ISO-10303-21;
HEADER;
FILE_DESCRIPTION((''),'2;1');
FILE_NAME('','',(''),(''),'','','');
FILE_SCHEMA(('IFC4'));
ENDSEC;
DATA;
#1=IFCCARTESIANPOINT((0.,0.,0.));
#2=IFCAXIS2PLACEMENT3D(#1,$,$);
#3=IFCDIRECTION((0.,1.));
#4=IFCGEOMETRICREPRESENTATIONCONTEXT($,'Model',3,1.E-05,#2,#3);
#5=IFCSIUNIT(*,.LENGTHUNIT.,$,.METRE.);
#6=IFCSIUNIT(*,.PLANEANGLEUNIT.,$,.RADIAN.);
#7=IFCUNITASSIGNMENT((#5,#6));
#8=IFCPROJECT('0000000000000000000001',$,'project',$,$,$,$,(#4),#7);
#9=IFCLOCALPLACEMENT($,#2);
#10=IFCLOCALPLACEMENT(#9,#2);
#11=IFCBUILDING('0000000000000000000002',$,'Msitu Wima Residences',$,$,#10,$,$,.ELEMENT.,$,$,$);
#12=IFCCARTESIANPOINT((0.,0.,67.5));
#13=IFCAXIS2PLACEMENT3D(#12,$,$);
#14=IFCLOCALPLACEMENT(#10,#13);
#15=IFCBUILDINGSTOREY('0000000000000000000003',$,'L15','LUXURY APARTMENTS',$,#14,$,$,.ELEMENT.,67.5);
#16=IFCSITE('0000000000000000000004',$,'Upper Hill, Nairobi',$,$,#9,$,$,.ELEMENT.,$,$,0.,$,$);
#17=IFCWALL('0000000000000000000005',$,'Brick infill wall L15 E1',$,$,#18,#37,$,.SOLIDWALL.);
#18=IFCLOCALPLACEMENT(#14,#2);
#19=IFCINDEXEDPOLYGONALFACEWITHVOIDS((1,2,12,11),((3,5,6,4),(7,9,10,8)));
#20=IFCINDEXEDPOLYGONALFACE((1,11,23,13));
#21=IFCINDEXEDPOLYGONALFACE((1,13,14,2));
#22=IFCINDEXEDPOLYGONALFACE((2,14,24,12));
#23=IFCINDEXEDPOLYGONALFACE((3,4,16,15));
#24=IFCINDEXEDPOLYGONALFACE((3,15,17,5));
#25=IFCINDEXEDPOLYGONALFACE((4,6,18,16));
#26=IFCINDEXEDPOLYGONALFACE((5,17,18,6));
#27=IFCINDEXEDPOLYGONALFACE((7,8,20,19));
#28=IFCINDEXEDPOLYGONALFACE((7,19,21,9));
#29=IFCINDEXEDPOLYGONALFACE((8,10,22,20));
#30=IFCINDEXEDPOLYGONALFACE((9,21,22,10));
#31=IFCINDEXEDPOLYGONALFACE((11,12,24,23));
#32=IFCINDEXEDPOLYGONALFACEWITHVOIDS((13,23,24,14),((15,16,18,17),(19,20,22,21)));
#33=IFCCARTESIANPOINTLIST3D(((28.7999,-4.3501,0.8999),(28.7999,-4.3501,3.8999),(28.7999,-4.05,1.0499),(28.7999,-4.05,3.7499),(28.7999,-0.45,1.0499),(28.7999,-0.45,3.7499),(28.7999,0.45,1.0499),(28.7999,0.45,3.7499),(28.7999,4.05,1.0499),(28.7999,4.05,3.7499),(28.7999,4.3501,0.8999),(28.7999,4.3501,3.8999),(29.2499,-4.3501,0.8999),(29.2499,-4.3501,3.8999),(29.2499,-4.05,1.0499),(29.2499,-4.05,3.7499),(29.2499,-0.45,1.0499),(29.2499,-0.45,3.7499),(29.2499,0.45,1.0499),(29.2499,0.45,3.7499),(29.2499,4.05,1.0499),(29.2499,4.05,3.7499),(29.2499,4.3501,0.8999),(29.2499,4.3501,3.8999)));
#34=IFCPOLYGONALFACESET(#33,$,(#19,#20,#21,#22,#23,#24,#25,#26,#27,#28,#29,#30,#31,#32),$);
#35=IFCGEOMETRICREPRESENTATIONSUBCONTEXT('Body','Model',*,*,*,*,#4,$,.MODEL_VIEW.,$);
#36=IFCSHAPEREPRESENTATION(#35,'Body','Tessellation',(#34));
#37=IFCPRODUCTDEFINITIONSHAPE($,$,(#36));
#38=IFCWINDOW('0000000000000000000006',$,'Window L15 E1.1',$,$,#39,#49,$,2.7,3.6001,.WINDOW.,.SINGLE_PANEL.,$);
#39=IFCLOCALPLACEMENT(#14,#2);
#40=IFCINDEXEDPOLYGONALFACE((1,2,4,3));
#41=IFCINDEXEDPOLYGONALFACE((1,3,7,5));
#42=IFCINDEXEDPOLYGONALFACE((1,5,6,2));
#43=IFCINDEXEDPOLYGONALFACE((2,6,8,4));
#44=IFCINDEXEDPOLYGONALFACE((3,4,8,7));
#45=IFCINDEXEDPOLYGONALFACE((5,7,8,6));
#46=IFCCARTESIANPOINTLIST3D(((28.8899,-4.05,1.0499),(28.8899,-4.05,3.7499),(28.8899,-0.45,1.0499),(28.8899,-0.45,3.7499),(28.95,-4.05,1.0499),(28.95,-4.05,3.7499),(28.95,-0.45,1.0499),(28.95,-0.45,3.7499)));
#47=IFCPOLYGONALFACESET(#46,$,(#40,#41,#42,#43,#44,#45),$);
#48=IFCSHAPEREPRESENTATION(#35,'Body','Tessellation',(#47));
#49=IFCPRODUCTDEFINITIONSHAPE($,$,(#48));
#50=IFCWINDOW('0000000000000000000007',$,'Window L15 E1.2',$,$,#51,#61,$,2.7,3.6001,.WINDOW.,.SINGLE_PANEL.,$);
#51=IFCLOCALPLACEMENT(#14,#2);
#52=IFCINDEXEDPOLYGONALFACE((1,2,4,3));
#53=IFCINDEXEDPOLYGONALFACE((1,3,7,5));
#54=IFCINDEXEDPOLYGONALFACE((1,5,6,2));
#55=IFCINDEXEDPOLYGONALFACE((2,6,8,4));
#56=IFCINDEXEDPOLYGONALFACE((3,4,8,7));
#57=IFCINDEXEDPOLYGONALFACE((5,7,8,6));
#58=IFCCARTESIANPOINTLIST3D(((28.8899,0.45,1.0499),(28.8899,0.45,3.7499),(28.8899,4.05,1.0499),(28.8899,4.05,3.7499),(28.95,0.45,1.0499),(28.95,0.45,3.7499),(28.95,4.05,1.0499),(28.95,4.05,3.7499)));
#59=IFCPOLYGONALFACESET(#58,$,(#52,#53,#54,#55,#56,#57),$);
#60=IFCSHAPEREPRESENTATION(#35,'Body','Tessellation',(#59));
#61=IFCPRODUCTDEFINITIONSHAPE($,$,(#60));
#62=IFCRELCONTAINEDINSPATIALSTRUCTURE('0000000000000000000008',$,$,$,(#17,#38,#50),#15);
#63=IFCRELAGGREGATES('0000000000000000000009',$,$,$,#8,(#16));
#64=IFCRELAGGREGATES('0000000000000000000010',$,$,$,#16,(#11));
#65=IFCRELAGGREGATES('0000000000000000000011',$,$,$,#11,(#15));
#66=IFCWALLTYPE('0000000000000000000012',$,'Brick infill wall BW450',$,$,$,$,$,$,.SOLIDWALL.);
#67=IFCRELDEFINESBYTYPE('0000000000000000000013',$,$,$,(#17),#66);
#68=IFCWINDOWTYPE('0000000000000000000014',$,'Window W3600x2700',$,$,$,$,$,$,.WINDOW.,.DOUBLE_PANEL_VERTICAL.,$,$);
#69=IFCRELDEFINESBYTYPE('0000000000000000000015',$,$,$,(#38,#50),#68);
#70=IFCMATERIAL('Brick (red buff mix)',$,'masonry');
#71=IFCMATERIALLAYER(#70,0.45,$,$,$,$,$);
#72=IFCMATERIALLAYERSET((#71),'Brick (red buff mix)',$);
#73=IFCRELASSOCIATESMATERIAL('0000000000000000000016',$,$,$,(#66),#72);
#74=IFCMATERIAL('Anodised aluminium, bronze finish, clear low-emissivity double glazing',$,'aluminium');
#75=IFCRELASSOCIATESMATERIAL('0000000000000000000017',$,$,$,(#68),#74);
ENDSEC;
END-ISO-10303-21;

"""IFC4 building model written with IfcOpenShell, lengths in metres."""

from ifc_helpers import new_model, si_unit, direction, frame, frame_2d, origin, place, context, subcontext, project, spatial, rectangle, extrude, material, layer, layer_set, type_object, element, fill, save


model = new_model("IFC4")

# Units and contexts
model_context = context("Model", 3, precision=1e-05, world=origin(), true_north=direction((0.0, 1.0)))
body_context = subcontext(model_context, "Body", "Model", "MODEL_VIEW")
ifc_project = project(units=[si_unit("LENGTHUNIT", "METRE"), si_unit("PLANEANGLEUNIT", "RADIAN")], contexts=[model_context])

# Site, building, storey
site_placement = place(None, origin())
site = spatial("IfcSite", under=ifc_project, at=site_placement, Name="Upper Hill, Nairobi", CompositionType="ELEMENT", RefElevation=0.0)
building_placement = place(site_placement, origin())
building = spatial("IfcBuilding", under=site, at=building_placement, Name="Msitu Wima Residences", CompositionType="ELEMENT")
storey_placement = place(building_placement, frame((0.0, 0.0, 67.5)))
storey = spatial("IfcBuildingStorey", under=building, at=storey_placement, Name="L15", Description="LUXURY APARTMENTS", CompositionType="ELEMENT", Elevation=67.5)

# Shared definitions
ifc_material_1 = material(Name="Brick (red buff mix)", Category="masonry")
ifc_layer_1 = layer(ifc_material_1, 0.45)
ifc_layer_set_1 = layer_set([ifc_layer_1], Name="Brick (red buff mix)")
wall_type_1 = type_object("IfcWallType", Name="Brick infill wall BW450", PredefinedType="SOLIDWALL", material=ifc_layer_set_1)
ifc_material_2 = material(Name="Anodised aluminium, bronze finish, clear low-emissivity double glazing", Category="aluminium")
window_type = type_object("IfcWindowType", Name="Window W3600x2700", PartitioningType="DOUBLE_PANEL_VERTICAL", PredefinedType="WINDOW", material=ifc_material_2)

# Wall, openings, windows
wall_1_placement = place(storey_placement, frame((29.0249, -4.3501, 0.8999), z_axis=(0.0, 0.0, 1.0), x_axis=(0.0, 1.0, 0.0)))
wall_1 = element("IfcWall", 1, at=wall_1_placement, inside=storey, type_object=wall_type_1, Name="Brick infill wall L15 E1", PredefinedType="SOLIDWALL", context=body_context, shape_type="SweptSolid", body=[
    extrude(rectangle(XDim=8.7002, YDim=0.45, at=frame_2d((4.3501, 0.0))), origin(), (0.0, 0.0, 1.0), 3.0),
])
opening_1_placement = place(wall_1_placement, frame((0.3, 0.0, 0.1499)))
opening_1 = element("IfcOpeningElement", 2, at=opening_1_placement, cuts=wall_1, PredefinedType="OPENING", context=body_context, shape_type="SweptSolid", body=[
    extrude(rectangle(XDim=3.6001, YDim=2.7, at=frame_2d((1.8, 1.3501))), frame((0.0, 0.2349, 0.0), z_axis=(0.0, -1.0, 0.0), x_axis=(1.0, 0.0, 0.0)), (0.0, 0.0, 1.0), 0.47),
])
opening_2_placement = place(wall_1_placement, frame((4.8, 0.0, 0.1499)))
opening_2 = element("IfcOpeningElement", 3, at=opening_2_placement, cuts=wall_1, PredefinedType="OPENING", context=body_context, shape_type="SweptSolid", body=[
    extrude(rectangle(XDim=3.6001, YDim=2.7, at=frame_2d((1.8, 1.3501))), frame((0.0, 0.2349, 0.0), z_axis=(0.0, -1.0, 0.0), x_axis=(1.0, 0.0, 0.0)), (0.0, 0.0, 1.0), 0.47),
])
window_1_placement = place(opening_1_placement, origin())
window_1 = element("IfcWindow", 4, at=window_1_placement, inside=storey, type_object=window_type, Name="Window L15 E1.1", OverallHeight=2.7, OverallWidth=3.6001, PartitioningType="SINGLE_PANEL", PredefinedType="WINDOW", context=body_context, shape_type="SweptSolid", body=[
    extrude(rectangle(XDim=3.6001, YDim=2.7, at=frame_2d((1.8, 1.3501))), frame((0.0, 0.135, 0.0), z_axis=(0.0, -1.0, 0.0), x_axis=(1.0, 0.0, 0.0)), (0.0, 0.0, 1.0), 0.0601),
])
fill(opening_1, window_1)
window_2_placement = place(opening_2_placement, origin())
window_2 = element("IfcWindow", 5, at=window_2_placement, inside=storey, type_object=window_type, Name="Window L15 E1.2", OverallHeight=2.7, OverallWidth=3.6001, PartitioningType="SINGLE_PANEL", PredefinedType="WINDOW", context=body_context, shape_type="SweptSolid", body=[
    extrude(rectangle(XDim=3.6001, YDim=2.7, at=frame_2d((1.8, 1.3501))), frame((0.0, 0.135, 0.0), z_axis=(0.0, -1.0, 0.0), x_axis=(1.0, 0.0, 0.0)), (0.0, 0.0, 1.0), 0.0601),
])
fill(opening_2, window_2)

save(model, "model.ifc")
